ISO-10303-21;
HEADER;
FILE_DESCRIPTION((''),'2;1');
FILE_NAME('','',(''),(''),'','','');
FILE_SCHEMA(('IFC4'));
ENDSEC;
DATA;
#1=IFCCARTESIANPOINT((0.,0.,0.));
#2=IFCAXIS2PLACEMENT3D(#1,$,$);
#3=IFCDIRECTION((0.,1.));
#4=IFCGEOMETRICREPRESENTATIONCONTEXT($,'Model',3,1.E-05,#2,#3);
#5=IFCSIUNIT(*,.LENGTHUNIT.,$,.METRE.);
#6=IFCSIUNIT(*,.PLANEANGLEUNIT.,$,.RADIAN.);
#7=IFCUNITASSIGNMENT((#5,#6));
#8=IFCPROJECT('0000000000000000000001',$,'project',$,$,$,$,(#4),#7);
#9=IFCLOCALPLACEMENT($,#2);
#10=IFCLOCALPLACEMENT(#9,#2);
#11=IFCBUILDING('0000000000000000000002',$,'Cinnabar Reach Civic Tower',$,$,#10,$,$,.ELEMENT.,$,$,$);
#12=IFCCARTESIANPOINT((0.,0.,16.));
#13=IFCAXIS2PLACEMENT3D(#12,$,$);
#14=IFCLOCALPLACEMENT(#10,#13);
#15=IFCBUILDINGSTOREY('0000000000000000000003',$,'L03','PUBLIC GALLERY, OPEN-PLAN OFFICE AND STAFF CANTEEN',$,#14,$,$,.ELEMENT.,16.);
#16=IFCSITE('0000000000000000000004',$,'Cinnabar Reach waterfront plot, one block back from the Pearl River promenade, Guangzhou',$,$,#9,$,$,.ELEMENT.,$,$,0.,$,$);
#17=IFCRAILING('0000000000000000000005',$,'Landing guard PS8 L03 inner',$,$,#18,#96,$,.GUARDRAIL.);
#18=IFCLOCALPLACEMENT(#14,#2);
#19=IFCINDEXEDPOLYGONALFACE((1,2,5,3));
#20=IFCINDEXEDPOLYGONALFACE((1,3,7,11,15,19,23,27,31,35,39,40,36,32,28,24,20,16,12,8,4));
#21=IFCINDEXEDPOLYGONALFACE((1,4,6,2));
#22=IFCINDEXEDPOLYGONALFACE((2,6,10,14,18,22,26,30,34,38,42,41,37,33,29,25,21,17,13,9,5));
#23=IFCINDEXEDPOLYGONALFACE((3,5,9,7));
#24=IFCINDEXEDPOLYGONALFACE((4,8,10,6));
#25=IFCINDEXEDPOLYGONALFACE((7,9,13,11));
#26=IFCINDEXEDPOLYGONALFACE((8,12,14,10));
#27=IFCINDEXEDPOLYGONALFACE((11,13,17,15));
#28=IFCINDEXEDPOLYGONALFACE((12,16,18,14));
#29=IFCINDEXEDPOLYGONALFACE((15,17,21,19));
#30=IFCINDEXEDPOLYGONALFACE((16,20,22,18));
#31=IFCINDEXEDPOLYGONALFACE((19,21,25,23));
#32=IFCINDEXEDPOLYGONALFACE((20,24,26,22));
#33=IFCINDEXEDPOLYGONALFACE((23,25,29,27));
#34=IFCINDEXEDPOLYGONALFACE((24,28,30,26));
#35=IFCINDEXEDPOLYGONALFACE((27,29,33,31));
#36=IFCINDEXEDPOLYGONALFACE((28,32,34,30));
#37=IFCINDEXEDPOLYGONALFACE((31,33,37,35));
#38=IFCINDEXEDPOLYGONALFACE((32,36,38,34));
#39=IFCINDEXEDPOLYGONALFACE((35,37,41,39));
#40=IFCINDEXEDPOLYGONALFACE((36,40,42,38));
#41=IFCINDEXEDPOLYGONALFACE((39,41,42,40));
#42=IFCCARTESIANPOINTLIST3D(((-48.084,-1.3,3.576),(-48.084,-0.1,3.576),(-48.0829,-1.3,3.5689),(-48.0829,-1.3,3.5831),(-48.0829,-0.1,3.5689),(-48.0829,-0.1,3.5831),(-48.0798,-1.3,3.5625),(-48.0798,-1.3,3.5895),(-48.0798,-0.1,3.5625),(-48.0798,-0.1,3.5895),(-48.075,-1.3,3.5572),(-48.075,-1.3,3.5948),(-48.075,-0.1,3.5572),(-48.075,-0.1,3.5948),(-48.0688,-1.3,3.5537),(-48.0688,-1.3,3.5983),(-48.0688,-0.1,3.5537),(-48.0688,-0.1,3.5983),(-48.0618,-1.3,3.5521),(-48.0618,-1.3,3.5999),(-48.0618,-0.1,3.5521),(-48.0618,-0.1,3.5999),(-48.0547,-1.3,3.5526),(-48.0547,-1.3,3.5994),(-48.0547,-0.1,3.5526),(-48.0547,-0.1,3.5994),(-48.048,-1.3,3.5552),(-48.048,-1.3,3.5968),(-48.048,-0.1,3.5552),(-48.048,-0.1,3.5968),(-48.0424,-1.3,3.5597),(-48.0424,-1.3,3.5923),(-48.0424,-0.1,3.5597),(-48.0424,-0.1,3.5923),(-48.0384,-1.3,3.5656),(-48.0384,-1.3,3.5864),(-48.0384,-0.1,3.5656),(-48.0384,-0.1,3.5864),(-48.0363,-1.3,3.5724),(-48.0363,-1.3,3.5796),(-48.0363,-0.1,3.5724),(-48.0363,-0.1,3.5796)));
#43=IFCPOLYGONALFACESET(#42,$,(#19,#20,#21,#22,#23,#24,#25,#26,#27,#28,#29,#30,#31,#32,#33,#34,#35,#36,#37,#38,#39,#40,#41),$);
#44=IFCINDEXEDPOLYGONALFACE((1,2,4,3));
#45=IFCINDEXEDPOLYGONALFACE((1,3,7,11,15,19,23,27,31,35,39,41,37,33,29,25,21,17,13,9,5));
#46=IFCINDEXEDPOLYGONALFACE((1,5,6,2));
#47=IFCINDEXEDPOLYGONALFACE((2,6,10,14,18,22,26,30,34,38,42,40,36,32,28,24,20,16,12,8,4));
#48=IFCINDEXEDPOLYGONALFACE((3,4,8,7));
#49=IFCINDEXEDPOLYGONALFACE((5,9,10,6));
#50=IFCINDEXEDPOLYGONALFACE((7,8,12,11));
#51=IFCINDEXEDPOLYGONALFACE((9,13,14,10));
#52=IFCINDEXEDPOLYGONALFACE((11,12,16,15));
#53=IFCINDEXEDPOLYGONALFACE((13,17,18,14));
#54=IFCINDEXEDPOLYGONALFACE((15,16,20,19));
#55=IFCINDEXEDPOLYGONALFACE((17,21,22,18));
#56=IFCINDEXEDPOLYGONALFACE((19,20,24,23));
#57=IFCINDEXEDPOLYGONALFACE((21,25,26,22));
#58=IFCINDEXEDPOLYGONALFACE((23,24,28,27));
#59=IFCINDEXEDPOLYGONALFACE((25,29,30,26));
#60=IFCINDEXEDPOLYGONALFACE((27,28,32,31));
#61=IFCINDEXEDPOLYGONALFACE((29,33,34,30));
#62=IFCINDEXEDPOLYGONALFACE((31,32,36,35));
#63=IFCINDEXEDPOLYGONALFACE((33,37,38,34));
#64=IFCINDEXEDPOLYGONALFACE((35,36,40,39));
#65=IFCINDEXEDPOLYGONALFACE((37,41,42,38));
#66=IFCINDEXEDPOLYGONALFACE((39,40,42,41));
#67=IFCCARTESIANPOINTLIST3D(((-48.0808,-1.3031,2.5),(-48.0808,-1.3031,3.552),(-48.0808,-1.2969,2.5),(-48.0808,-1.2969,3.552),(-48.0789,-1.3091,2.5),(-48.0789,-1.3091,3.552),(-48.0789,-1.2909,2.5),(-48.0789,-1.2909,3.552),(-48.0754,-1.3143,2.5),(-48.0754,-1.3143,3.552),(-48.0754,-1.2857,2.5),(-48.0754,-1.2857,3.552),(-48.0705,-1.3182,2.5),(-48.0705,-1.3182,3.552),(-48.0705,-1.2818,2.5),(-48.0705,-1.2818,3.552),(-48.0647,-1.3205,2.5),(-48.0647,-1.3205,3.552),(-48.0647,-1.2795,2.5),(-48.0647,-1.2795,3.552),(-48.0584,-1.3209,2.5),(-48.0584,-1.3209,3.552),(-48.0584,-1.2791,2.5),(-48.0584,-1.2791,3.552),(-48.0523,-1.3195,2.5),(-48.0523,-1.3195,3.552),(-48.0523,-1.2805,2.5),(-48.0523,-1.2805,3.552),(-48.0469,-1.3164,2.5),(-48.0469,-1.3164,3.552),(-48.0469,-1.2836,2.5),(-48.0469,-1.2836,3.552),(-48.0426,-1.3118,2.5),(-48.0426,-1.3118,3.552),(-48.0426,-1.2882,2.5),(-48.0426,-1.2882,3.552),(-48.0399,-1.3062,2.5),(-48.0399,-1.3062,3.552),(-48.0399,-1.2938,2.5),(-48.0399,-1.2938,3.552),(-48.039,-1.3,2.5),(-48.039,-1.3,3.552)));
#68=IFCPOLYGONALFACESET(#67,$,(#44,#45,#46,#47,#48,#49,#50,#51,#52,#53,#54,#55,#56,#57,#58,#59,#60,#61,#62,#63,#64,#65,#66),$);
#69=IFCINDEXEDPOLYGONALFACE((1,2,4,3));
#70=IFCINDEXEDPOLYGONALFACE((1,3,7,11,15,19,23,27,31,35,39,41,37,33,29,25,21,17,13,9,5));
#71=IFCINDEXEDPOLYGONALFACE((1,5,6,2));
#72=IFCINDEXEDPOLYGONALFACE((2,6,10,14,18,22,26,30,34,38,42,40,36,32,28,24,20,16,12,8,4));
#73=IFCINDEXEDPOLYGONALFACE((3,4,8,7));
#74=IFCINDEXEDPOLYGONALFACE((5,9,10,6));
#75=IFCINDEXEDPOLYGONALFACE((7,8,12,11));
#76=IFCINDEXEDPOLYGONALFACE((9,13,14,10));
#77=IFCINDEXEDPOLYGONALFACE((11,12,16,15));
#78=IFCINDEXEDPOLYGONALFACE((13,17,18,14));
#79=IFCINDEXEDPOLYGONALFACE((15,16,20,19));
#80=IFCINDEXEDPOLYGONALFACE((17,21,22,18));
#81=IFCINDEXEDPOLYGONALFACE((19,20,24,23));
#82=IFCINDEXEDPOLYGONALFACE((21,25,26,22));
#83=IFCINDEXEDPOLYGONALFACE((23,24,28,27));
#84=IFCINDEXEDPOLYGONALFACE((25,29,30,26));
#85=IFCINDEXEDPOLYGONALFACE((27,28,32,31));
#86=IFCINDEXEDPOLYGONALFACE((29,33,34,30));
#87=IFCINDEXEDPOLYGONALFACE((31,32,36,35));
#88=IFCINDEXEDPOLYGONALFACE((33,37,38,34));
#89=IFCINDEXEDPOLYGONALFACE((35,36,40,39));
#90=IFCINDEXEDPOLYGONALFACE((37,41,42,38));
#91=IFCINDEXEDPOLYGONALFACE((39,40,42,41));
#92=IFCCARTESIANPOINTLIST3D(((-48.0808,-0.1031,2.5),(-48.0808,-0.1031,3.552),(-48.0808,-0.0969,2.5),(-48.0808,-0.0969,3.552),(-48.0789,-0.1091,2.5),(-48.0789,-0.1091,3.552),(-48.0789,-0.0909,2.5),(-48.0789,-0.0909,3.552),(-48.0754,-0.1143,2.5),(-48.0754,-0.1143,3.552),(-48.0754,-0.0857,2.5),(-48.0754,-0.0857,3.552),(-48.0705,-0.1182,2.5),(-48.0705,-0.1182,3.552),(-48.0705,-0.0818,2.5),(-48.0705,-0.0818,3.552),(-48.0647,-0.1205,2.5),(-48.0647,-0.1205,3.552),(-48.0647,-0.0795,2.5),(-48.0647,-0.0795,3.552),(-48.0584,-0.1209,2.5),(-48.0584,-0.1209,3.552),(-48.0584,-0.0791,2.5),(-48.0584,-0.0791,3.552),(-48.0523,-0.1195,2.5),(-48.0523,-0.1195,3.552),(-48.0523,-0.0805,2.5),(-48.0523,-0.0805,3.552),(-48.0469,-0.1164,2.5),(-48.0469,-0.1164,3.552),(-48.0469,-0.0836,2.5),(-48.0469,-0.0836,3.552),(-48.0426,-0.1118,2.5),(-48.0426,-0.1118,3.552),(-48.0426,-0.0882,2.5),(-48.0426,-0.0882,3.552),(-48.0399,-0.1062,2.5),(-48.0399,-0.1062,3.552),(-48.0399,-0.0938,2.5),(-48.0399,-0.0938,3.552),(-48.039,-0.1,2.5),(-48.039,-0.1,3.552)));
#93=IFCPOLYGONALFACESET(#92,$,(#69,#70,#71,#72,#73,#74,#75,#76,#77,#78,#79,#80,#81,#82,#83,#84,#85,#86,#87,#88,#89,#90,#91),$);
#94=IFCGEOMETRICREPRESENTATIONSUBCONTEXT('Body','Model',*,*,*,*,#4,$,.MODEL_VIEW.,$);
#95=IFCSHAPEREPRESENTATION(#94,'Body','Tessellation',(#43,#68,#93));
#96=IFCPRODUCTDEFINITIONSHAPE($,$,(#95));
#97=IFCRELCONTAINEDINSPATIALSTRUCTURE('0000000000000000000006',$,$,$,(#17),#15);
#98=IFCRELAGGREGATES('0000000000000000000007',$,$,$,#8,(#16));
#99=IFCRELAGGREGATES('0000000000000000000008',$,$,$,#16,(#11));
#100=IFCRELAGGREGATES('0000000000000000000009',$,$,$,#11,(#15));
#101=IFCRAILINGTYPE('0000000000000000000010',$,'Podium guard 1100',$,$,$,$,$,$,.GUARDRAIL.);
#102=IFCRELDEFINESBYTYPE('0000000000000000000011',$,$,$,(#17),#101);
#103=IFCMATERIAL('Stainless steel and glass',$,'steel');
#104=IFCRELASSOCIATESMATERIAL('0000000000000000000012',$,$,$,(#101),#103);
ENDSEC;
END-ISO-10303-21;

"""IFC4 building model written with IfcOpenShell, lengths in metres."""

from ifc_helpers import new_model, si_unit, direction, frame, origin, origin_2d, place, context, subcontext, project, spatial, circle, extrude, material, type_object, element, save


model = new_model("IFC4")

# Units and contexts
model_context = context("Model", 3, precision=1e-05, world=origin(), true_north=direction((0.0, 1.0)))
body_context = subcontext(model_context, "Body", "Model", "MODEL_VIEW")
ifc_project = project(units=[si_unit("LENGTHUNIT", "METRE"), si_unit("PLANEANGLEUNIT", "RADIAN")], contexts=[model_context])

# Site, building, storey
site_placement = place(None, origin())
site = spatial("IfcSite", under=ifc_project, at=site_placement, Name="Cinnabar Reach waterfront plot, one block back from the Pearl River promenade, Guangzhou", CompositionType="ELEMENT", RefElevation=0.0)
building_placement = place(site_placement, origin())
building = spatial("IfcBuilding", under=site, at=building_placement, Name="Cinnabar Reach Civic Tower", CompositionType="ELEMENT")
storey_placement = place(building_placement, frame((0.0, 0.0, 16.0)))
storey = spatial("IfcBuildingStorey", under=building, at=storey_placement, Name="L03", Description="PUBLIC GALLERY, OPEN-PLAN OFFICE AND STAFF CANTEEN", CompositionType="ELEMENT", Elevation=16.0)

# Railing
ifc_material_1 = material(Name="Stainless steel and glass", Category="steel")
railing_type_1 = type_object("IfcRailingType", Name="Podium guard 1100", PredefinedType="GUARDRAIL", material=ifc_material_1)
railing_1_placement = place(storey_placement, frame((-48.06, -1.3, 2.5)))
element("IfcRailing", 1, at=railing_1_placement, inside=storey, type_object=railing_type_1, Name="Landing guard PS8 L03 inner", PredefinedType="GUARDRAIL", context=body_context, shape_type="SweptSolid", body=[
    extrude(circle(Radius=0.024, at=origin_2d()), frame((0.0, 0.0, 1.076), z_axis=(0.0, 1.0, 0.0), x_axis=(-1.0, 0.0, 0.0)), (0.0, 0.0, 1.0), 1.2),
    extrude(circle(Radius=0.021, at=origin_2d()), origin(), (0.0, 0.0, 1.0), 1.052),
    extrude(circle(Radius=0.021, at=origin_2d()), frame((0.0, 1.2, 0.0)), (0.0, 0.0, 1.0), 1.052),
])

save(model, "model.ifc")
